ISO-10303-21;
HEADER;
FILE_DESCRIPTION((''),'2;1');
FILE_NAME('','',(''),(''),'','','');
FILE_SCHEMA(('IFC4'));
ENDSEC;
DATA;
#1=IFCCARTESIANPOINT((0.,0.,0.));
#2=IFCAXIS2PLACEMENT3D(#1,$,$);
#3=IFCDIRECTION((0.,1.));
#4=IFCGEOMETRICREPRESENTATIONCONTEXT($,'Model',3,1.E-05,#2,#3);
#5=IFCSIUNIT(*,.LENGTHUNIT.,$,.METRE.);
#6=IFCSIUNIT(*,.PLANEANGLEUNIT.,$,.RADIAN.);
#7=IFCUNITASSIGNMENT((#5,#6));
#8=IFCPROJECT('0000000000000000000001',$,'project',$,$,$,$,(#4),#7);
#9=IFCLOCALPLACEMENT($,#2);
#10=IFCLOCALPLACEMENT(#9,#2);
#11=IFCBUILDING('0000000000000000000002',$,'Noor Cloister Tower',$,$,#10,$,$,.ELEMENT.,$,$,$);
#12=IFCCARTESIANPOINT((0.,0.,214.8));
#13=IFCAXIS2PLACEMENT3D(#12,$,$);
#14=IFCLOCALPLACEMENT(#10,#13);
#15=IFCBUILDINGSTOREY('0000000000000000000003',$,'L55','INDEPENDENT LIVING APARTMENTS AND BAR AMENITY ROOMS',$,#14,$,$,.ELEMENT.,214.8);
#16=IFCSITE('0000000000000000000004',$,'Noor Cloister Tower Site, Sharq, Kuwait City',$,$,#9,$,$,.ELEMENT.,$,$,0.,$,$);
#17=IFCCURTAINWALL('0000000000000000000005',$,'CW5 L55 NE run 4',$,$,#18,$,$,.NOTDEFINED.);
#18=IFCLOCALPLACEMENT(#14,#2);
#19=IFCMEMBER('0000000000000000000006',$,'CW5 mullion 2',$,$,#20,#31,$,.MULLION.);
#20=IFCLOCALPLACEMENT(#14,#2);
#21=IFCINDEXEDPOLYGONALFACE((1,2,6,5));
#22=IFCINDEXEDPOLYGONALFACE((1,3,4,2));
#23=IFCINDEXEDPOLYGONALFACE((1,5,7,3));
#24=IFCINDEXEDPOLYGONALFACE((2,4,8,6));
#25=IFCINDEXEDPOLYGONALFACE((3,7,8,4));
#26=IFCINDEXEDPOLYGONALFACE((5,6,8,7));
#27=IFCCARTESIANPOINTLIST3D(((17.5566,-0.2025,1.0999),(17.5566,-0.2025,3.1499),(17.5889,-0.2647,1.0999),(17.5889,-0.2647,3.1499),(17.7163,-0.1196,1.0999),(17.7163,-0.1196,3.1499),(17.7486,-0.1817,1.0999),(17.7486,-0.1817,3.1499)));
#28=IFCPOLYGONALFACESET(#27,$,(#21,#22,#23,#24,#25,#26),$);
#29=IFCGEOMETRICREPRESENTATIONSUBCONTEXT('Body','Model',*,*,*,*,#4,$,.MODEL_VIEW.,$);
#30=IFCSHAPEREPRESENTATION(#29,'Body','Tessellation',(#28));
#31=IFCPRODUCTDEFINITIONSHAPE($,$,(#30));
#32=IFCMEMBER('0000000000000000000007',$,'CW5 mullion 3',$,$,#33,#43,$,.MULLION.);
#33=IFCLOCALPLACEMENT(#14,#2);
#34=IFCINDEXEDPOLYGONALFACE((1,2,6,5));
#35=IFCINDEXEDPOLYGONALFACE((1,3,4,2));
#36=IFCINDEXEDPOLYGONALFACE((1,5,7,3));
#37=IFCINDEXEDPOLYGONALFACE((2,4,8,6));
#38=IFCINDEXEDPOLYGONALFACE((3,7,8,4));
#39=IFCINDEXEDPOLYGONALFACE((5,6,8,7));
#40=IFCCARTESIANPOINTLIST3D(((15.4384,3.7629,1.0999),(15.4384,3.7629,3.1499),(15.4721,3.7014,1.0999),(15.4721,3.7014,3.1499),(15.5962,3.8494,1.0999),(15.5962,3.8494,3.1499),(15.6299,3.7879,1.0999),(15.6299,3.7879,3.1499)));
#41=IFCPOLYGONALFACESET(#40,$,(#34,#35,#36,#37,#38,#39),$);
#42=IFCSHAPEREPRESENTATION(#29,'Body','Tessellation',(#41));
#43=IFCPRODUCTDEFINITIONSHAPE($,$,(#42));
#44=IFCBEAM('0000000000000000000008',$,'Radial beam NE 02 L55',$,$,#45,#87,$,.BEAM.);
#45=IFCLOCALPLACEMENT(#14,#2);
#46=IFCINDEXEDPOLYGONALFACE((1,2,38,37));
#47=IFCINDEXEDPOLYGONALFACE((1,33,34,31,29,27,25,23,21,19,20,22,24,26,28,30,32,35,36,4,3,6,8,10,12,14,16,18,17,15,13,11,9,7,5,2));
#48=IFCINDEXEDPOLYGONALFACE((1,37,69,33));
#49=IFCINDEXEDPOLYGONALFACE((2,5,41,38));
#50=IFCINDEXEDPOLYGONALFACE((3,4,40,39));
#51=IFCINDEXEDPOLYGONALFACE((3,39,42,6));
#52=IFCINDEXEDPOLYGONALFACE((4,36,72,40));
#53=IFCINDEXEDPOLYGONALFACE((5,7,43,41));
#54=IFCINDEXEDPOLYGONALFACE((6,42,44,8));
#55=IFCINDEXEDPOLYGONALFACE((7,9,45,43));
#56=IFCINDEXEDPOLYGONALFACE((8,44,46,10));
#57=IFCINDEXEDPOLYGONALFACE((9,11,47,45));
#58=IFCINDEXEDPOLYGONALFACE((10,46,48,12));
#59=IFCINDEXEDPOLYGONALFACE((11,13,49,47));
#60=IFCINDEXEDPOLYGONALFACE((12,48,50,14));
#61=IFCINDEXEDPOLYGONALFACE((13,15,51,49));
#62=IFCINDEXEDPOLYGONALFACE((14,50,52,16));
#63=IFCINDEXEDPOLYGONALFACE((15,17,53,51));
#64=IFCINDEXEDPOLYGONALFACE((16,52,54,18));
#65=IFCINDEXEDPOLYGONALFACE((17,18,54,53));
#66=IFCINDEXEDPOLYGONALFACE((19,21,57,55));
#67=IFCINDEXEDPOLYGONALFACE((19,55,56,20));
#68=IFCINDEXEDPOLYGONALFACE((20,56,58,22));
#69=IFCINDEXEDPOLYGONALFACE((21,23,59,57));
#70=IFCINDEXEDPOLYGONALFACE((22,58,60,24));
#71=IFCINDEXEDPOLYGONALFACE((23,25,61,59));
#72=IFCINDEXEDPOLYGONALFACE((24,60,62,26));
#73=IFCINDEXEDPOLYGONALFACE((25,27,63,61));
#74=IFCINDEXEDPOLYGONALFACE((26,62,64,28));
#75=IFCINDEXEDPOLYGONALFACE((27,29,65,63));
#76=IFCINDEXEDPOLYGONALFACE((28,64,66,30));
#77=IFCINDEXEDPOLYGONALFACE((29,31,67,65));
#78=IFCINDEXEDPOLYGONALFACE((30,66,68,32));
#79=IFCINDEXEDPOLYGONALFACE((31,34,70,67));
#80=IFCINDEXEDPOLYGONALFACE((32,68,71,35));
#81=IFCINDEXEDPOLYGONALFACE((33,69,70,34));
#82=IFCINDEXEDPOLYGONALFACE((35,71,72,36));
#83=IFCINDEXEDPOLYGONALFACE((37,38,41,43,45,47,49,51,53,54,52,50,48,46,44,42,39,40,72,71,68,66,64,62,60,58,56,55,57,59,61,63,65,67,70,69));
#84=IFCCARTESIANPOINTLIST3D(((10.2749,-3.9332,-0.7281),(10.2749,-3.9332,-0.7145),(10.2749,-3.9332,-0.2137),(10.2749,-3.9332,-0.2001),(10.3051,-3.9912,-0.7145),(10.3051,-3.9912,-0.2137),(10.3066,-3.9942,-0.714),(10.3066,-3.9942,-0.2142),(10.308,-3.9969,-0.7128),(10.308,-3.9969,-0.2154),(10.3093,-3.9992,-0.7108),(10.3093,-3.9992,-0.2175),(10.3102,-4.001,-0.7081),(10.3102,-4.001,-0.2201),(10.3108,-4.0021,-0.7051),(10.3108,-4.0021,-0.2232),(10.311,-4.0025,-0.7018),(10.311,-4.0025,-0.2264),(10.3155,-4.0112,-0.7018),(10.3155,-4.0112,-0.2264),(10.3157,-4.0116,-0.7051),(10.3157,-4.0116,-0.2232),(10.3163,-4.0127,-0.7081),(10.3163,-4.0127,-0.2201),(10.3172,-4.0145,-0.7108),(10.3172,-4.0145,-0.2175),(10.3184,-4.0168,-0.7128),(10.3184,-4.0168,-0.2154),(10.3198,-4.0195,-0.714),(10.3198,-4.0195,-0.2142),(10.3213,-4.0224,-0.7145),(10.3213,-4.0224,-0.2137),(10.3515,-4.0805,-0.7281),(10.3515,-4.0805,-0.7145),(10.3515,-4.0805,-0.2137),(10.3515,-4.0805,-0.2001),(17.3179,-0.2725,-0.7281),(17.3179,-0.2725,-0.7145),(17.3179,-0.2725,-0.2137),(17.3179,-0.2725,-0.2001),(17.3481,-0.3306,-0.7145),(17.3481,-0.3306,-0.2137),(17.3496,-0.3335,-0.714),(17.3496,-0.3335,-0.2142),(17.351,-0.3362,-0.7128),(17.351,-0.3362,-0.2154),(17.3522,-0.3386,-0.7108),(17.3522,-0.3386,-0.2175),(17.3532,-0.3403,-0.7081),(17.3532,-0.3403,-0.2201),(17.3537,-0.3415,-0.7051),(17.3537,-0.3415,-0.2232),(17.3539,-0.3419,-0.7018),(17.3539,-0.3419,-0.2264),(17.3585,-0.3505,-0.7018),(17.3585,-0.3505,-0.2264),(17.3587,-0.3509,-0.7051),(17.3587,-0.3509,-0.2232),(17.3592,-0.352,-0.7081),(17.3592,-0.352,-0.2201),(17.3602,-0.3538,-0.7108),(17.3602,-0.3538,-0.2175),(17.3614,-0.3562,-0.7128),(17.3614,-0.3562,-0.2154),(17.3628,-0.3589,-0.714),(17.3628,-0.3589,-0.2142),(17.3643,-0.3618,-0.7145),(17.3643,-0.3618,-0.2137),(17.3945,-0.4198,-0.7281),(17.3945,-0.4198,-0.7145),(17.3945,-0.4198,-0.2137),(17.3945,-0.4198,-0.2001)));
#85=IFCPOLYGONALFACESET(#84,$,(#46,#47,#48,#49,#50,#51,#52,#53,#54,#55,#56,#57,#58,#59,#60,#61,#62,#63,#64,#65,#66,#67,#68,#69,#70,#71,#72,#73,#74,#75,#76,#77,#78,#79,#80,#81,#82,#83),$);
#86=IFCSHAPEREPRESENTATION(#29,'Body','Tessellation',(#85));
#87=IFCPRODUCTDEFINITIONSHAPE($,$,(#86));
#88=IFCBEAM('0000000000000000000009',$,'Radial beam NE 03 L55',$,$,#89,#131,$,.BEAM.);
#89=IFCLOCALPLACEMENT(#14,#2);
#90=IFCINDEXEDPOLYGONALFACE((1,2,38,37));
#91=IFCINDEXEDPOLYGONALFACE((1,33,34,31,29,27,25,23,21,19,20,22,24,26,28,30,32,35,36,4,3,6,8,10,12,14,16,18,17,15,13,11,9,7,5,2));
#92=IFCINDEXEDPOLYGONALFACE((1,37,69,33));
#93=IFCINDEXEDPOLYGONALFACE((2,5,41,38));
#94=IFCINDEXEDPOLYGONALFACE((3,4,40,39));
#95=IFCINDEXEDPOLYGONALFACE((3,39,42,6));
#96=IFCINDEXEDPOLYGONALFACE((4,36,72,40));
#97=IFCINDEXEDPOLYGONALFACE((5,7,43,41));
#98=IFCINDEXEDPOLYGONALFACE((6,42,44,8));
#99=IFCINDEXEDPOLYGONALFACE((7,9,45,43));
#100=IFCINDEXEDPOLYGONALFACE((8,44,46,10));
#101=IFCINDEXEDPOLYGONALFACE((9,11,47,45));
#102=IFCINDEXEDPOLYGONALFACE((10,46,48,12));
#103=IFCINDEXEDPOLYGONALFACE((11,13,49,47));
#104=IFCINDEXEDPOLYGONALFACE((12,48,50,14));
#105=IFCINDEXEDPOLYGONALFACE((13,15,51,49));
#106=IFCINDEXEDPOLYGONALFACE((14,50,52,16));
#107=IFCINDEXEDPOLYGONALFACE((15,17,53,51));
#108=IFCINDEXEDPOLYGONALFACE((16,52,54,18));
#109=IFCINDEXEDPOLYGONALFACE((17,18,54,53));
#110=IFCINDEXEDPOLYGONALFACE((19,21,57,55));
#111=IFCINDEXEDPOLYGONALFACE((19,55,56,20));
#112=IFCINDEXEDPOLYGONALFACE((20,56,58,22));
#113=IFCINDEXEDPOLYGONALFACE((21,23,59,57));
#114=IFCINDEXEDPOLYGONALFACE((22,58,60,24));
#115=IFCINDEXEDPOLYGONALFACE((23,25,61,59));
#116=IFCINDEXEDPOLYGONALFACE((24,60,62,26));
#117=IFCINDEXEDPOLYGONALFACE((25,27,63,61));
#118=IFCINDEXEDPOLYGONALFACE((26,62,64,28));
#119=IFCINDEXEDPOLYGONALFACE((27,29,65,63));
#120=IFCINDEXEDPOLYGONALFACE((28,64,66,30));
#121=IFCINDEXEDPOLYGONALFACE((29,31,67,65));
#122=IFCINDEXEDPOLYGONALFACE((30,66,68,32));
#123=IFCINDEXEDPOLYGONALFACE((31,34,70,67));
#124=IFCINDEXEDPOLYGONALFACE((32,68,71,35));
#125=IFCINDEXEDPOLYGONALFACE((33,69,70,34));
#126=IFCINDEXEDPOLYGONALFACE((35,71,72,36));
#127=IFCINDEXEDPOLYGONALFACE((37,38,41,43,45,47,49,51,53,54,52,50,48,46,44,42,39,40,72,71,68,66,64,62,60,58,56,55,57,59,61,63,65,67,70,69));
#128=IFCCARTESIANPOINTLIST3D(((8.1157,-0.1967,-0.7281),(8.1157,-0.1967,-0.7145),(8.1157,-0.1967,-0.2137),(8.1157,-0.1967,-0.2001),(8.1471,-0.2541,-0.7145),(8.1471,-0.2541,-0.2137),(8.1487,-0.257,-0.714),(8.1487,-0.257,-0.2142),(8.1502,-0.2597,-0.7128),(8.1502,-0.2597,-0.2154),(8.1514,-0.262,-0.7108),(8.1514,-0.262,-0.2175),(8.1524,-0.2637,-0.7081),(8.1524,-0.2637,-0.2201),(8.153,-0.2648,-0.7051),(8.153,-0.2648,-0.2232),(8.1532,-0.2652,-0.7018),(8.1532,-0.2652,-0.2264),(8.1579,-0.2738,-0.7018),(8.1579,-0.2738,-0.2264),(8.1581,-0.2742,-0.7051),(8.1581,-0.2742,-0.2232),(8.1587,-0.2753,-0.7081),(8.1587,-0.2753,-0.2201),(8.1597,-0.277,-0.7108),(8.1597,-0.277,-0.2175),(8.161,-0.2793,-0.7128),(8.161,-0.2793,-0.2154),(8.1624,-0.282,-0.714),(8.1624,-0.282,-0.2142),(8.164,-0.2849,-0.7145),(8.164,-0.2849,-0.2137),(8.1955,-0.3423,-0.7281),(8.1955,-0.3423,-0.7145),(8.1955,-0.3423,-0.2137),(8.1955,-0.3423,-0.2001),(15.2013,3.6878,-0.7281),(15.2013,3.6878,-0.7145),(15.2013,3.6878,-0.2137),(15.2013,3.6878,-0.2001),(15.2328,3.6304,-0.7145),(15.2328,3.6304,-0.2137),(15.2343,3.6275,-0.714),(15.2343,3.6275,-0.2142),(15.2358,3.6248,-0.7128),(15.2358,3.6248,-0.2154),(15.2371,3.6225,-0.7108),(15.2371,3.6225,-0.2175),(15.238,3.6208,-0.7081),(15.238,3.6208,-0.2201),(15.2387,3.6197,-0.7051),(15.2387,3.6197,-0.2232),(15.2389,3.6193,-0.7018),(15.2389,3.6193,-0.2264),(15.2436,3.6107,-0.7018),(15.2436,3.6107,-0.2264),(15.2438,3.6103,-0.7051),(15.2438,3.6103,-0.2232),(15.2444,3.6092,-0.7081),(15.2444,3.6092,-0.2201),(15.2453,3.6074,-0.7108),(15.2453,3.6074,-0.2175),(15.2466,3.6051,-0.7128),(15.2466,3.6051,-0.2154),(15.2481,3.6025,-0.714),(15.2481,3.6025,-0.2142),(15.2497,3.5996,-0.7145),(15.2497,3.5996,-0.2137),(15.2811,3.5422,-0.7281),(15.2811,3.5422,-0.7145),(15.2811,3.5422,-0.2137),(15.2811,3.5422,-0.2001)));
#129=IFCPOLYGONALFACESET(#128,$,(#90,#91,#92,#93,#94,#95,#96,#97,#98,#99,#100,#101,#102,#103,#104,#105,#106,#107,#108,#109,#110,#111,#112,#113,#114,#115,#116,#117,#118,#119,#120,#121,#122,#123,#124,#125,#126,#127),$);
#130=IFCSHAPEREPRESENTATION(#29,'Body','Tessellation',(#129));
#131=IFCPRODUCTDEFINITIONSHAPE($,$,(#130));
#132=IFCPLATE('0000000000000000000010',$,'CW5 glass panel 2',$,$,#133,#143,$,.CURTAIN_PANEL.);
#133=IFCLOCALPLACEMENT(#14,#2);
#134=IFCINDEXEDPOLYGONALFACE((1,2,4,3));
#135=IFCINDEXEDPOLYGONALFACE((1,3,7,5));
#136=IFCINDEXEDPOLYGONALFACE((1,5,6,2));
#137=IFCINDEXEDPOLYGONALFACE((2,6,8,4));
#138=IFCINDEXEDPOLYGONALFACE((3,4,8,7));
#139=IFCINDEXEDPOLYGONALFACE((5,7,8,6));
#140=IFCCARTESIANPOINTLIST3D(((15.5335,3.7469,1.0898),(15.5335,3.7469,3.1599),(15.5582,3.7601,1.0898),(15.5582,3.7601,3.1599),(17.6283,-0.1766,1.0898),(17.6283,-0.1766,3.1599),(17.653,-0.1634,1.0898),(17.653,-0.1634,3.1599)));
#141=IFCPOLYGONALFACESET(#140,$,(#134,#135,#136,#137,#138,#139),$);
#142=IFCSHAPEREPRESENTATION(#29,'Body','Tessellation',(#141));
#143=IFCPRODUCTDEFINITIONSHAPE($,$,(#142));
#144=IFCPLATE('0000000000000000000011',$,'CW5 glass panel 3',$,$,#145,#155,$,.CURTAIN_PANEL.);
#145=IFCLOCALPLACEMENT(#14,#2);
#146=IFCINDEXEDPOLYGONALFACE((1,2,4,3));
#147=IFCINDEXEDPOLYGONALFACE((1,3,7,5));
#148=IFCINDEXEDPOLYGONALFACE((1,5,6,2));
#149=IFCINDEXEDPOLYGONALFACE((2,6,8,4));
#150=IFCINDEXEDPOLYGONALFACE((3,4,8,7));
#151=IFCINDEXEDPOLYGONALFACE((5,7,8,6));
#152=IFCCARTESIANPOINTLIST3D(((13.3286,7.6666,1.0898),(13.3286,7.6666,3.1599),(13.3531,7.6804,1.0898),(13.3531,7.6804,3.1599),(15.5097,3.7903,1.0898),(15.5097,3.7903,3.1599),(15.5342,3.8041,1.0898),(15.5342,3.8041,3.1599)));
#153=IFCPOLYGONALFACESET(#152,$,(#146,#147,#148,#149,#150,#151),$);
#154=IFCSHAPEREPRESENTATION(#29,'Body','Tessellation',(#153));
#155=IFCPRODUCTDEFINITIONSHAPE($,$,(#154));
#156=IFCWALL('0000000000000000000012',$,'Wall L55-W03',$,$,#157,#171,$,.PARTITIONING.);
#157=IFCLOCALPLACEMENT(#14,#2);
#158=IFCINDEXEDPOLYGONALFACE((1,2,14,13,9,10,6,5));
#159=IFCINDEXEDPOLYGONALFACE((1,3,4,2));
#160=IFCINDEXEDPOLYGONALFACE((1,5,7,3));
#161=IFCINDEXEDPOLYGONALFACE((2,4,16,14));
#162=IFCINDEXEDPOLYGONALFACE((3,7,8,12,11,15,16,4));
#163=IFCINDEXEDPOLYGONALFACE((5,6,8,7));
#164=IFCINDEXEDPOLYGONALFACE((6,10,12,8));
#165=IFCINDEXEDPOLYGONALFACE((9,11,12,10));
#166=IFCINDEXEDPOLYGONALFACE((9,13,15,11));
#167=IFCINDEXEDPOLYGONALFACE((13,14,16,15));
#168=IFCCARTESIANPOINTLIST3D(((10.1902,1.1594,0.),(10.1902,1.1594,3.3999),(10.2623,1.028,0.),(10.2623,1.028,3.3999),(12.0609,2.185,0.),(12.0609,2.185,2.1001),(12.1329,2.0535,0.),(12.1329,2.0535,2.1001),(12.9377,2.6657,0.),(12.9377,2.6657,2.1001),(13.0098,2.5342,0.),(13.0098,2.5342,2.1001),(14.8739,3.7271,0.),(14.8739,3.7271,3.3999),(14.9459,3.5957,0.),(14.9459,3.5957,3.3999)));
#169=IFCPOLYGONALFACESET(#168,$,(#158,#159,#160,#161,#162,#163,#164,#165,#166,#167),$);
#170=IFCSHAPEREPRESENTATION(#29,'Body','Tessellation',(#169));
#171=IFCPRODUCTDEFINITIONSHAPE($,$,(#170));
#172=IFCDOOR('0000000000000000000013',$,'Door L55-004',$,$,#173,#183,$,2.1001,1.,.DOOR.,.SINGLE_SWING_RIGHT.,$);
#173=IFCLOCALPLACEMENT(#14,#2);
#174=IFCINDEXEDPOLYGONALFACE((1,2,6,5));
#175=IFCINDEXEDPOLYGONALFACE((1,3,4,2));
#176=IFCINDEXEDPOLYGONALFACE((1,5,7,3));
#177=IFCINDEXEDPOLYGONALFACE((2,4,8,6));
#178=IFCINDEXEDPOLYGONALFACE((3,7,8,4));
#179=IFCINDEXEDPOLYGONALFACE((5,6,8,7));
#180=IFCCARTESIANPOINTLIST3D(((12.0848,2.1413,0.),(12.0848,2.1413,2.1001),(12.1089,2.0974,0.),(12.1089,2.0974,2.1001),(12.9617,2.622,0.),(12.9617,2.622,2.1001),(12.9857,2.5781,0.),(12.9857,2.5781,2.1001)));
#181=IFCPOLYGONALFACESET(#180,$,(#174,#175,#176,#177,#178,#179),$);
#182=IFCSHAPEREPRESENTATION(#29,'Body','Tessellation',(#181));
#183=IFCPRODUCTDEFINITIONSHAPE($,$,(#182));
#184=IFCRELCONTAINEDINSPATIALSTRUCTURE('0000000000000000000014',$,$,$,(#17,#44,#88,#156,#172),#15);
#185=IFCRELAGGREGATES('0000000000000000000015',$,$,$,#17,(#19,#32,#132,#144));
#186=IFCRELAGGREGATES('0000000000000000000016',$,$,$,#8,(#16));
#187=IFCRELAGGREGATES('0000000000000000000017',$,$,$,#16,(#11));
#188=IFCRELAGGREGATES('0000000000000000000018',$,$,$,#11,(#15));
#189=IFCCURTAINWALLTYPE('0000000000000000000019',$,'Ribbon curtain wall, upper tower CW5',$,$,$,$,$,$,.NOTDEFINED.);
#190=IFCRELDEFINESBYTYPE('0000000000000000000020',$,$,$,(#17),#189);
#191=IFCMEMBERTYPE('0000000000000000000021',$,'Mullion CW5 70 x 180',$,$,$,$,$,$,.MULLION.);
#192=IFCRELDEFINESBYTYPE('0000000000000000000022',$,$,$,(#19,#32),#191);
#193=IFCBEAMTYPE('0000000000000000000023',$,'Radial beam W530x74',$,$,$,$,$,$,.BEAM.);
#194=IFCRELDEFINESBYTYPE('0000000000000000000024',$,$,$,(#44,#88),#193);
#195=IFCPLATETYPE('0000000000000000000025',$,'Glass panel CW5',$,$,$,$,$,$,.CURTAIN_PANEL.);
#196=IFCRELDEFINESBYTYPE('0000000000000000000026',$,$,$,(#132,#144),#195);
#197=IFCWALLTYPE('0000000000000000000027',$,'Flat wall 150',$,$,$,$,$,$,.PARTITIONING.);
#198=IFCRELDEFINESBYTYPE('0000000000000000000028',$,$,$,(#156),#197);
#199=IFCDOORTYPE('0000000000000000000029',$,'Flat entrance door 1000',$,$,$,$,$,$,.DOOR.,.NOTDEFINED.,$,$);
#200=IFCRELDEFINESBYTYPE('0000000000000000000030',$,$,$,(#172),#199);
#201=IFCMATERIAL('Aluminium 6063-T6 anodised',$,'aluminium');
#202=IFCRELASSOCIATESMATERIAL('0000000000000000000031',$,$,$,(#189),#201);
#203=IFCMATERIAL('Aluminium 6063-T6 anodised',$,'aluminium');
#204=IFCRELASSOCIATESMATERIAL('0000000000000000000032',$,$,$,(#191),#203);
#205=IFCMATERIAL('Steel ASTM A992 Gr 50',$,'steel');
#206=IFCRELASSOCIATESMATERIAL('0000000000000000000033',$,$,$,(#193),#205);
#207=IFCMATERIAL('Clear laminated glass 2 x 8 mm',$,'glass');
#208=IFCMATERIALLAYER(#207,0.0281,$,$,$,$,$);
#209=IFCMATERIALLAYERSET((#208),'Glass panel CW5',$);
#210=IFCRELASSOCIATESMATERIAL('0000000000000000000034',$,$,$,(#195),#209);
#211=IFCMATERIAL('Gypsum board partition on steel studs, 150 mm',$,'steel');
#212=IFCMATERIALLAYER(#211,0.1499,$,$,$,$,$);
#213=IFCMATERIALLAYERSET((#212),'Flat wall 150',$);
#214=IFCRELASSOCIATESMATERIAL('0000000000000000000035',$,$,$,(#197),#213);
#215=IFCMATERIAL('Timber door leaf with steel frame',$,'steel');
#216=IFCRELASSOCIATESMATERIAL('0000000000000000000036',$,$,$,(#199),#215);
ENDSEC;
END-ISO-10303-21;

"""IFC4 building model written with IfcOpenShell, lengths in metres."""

from ifc_helpers import new_model, si_unit, direction, frame, frame_2d, origin, origin_2d, place, context, subcontext, project, spatial, rectangle, i_section, extrude, material, layer, layer_set, material_profile, profile_set, type_object, element, fill, aggregate, save


model = new_model("IFC4")

# Units and contexts
model_context = context("Model", 3, precision=1e-05, world=origin(), true_north=direction((0.0, 1.0)))
body_context = subcontext(model_context, "Body", "Model", "MODEL_VIEW")
ifc_project = project(units=[si_unit("LENGTHUNIT", "METRE"), si_unit("PLANEANGLEUNIT", "RADIAN")], contexts=[model_context])

# Site, building, storey
site_placement = place(None, origin())
site = spatial("IfcSite", under=ifc_project, at=site_placement, Name="Noor Cloister Tower Site, Sharq, Kuwait City", CompositionType="ELEMENT", RefElevation=0.0)
building_placement = place(site_placement, origin())
building = spatial("IfcBuilding", under=site, at=building_placement, Name="Noor Cloister Tower", CompositionType="ELEMENT")
storey_placement = place(building_placement, frame((0.0, 0.0, 214.8)))
storey = spatial("IfcBuildingStorey", under=building, at=storey_placement, Name="L55", Description="INDEPENDENT LIVING APARTMENTS AND BAR AMENITY ROOMS", CompositionType="ELEMENT", Elevation=214.8)

# Curtain wall, members
ifc_material_1 = material(Name="Aluminium 6063-T6 anodised", Category="aluminium")
curtain_wall_type = type_object("IfcCurtainWallType", Name="Ribbon curtain wall, upper tower CW5", PredefinedType="NOTDEFINED", material=ifc_material_1)
curtain_wall_placement = place(storey_placement, origin())
curtain_wall = element("IfcCurtainWall", 1, at=curtain_wall_placement, inside=storey, type_object=curtain_wall_type, Name="CW5 L55 NE run 4", PredefinedType="NOTDEFINED")
ifc_material_2 = material(Name="Aluminium 6063-T6 anodised", Category="aluminium")
ifc_material_profile_1 = material_profile(ifc_material_2, rectangle(XDim=0.1799, YDim=0.0701, at=origin_2d()), Name="180 x 70 mullion")
ifc_profile_set_1 = profile_set([ifc_material_profile_1], Name="Aluminium 6063-T6 anodised")
member_type = type_object("IfcMemberType", Name="Mullion CW5 70 x 180", PredefinedType="MULLION", material=ifc_profile_set_1)
member_1_placement = place(storey_placement, frame((17.6526, -0.1921, 1.0999), z_axis=(0.0, 0.0, 1.0), x_axis=(-0.887303, -0.461186, 0.0)))
member_1 = element("IfcMember", 2, at=member_1_placement, type_object=member_type, Name="CW5 mullion 2", PredefinedType="MULLION", context=body_context, shape_type="SweptSolid", body=[
    extrude(rectangle(XDim=0.1799, YDim=0.0701, at=origin_2d()), origin(), (0.0, 0.0, 1.0), 2.05),
])
member_2_placement = place(storey_placement, frame((15.5342, 3.7754, 1.0999), z_axis=(0.0, 0.0, 1.0), x_axis=(-0.876879, -0.480711, 0.0)))
member_2 = element("IfcMember", 3, at=member_2_placement, type_object=member_type, Name="CW5 mullion 3", PredefinedType="MULLION", context=body_context, shape_type="SweptSolid", body=[
    extrude(rectangle(XDim=0.1799, YDim=0.0701, at=origin_2d()), origin(), (0.0, 0.0, 1.0), 2.05),
])

# Beams
ifc_material_3 = material(Name="Steel ASTM A992 Gr 50", Category="steel")
ifc_material_profile_2 = material_profile(ifc_material_3, i_section(OverallWidth=0.166, OverallDepth=0.5281, WebThickness=0.0098, FlangeThickness=0.0137, FilletRadius=0.0127, at=origin_2d()), Name="W530x74")
ifc_profile_set_2 = profile_set([ifc_material_profile_2], Name="Steel ASTM A992 Gr 50")
beam_type_1 = type_object("IfcBeamType", Name="Radial beam W530x74", PredefinedType="BEAM", material=ifc_profile_set_2)
beam_1_placement = place(storey_placement, frame((17.3562, -0.3462, -0.4641), z_axis=(-0.887304, -0.461184, 0.0), x_axis=(0.461184, -0.887304, 0.0)))
element("IfcBeam", 4, at=beam_1_placement, inside=storey, type_object=beam_type_1, Name="Radial beam NE 02 L55", PredefinedType="BEAM", context=body_context, shape_type="SweptSolid", body=[
    extrude(i_section(OverallWidth=0.166, OverallDepth=0.5281, WebThickness=0.0098, FlangeThickness=0.0137, FilletRadius=0.0127, at=origin_2d()), origin(), (0.0, 0.0, 1.0), 7.9375),
])
beam_2_placement = place(storey_placement, frame((15.2412, 3.615, -0.4641), z_axis=(-0.876874, -0.48072, 0.0), x_axis=(0.48072, -0.876874, 0.0)))
element("IfcBeam", 5, at=beam_2_placement, inside=storey, type_object=beam_type_1, Name="Radial beam NE 03 L55", PredefinedType="BEAM", context=body_context, shape_type="SweptSolid", body=[
    extrude(i_section(OverallWidth=0.166, OverallDepth=0.5281, WebThickness=0.0098, FlangeThickness=0.0137, FilletRadius=0.0127, at=origin_2d()), origin(), (0.0, 0.0, 1.0), 8.0806),
])

# Plates
ifc_material_4 = material(Name="Clear laminated glass 2 x 8 mm", Category="glass")
ifc_layer_1 = layer(ifc_material_4, 0.0281)
ifc_layer_set_1 = layer_set([ifc_layer_1], Name="Glass panel CW5")
plate_type = type_object("IfcPlateType", Name="Glass panel CW5", PredefinedType="CURTAIN_PANEL", material=ifc_layer_set_1)
plate_1_placement = place(storey_placement, frame((16.5933, 1.7917, 1.0898), z_axis=(0.0, 0.0, 1.0), x_axis=(-0.470978, 0.882145, 0.0)))
plate_1 = element("IfcPlate", 6, at=plate_1_placement, type_object=plate_type, Name="CW5 glass panel 2", PredefinedType="CURTAIN_PANEL", context=body_context, shape_type="SweptSolid", body=[
    extrude(rectangle(XDim=4.4478, YDim=0.0281, at=origin_2d()), origin(), (0.0, 0.0, 1.0), 2.0701),
])
plate_2_placement = place(storey_placement, frame((14.4314, 5.7354, 1.0898), z_axis=(0.0, 0.0, 1.0), x_axis=(-0.490386, 0.871506, 0.0)))
plate_2 = element("IfcPlate", 7, at=plate_2_placement, type_object=plate_type, Name="CW5 glass panel 3", PredefinedType="CURTAIN_PANEL", context=body_context, shape_type="SweptSolid", body=[
    extrude(rectangle(XDim=4.4478, YDim=0.0281, at=origin_2d()), origin(), (0.0, 0.0, 1.0), 2.0701),
])
aggregate(curtain_wall, [member_1, member_2, plate_1, plate_2])

# Wall, opening, door
ifc_material_5 = material(Name="Gypsum board partition on steel studs, 150 mm", Category="steel")
ifc_layer_2 = layer(ifc_material_5, 0.1499)
ifc_layer_set_2 = layer_set([ifc_layer_2], Name="Flat wall 150")
wall_type_1 = type_object("IfcWallType", Name="Flat wall 150", PredefinedType="PARTITIONING", material=ifc_layer_set_2)
wall_1_placement = place(storey_placement, frame((14.9099, 3.6614, 0.0), z_axis=(0.0, 0.0, 1.0), x_axis=(-0.876875, -0.480718, 0.0)))
wall_1 = element("IfcWall", 8, at=wall_1_placement, inside=storey, type_object=wall_type_1, Name="Wall L55-W03", PredefinedType="PARTITIONING", context=body_context, shape_type="SweptSolid", body=[
    extrude(rectangle(XDim=5.3413, YDim=0.1499, at=frame_2d((2.6707, 0.0))), origin(), (0.0, 0.0, 1.0), 3.3999),
])
opening_1_placement = place(wall_1_placement, frame((2.208, 0.0, 0.0)))
opening_1 = element("IfcOpeningElement", 9, at=opening_1_placement, cuts=wall_1, PredefinedType="OPENING", context=body_context, shape_type="SweptSolid", body=[
    extrude(rectangle(XDim=1.0, YDim=2.1001, at=frame_2d((0.5, 1.05))), frame((0.0, 0.085, 0.0), z_axis=(0.0, -1.0, 0.0), x_axis=(1.0, 0.0, 0.0)), (0.0, 0.0, 1.0), 0.1699),
])
ifc_material_6 = material(Name="Timber door leaf with steel frame", Category="steel")
door_type_1 = type_object("IfcDoorType", Name="Flat entrance door 1000", OperationType="NOTDEFINED", PredefinedType="DOOR", material=ifc_material_6)
door_1_placement = place(opening_1_placement, origin())
door_1 = element("IfcDoor", 10, at=door_1_placement, inside=storey, type_object=door_type_1, Name="Door L55-004", OperationType="SINGLE_SWING_RIGHT", OverallHeight=2.1001, OverallWidth=1.0, PredefinedType="DOOR", context=body_context, shape_type="SweptSolid", body=[
    extrude(rectangle(XDim=1.0, YDim=2.1001, at=frame_2d((0.5, 1.05))), frame((0.0, 0.0249, 0.0), z_axis=(0.0, -1.0, 0.0), x_axis=(1.0, 0.0, 0.0)), (0.0, 0.0, 1.0), 0.05),
])
fill(opening_1, door_1)

save(model, "model.ifc")
